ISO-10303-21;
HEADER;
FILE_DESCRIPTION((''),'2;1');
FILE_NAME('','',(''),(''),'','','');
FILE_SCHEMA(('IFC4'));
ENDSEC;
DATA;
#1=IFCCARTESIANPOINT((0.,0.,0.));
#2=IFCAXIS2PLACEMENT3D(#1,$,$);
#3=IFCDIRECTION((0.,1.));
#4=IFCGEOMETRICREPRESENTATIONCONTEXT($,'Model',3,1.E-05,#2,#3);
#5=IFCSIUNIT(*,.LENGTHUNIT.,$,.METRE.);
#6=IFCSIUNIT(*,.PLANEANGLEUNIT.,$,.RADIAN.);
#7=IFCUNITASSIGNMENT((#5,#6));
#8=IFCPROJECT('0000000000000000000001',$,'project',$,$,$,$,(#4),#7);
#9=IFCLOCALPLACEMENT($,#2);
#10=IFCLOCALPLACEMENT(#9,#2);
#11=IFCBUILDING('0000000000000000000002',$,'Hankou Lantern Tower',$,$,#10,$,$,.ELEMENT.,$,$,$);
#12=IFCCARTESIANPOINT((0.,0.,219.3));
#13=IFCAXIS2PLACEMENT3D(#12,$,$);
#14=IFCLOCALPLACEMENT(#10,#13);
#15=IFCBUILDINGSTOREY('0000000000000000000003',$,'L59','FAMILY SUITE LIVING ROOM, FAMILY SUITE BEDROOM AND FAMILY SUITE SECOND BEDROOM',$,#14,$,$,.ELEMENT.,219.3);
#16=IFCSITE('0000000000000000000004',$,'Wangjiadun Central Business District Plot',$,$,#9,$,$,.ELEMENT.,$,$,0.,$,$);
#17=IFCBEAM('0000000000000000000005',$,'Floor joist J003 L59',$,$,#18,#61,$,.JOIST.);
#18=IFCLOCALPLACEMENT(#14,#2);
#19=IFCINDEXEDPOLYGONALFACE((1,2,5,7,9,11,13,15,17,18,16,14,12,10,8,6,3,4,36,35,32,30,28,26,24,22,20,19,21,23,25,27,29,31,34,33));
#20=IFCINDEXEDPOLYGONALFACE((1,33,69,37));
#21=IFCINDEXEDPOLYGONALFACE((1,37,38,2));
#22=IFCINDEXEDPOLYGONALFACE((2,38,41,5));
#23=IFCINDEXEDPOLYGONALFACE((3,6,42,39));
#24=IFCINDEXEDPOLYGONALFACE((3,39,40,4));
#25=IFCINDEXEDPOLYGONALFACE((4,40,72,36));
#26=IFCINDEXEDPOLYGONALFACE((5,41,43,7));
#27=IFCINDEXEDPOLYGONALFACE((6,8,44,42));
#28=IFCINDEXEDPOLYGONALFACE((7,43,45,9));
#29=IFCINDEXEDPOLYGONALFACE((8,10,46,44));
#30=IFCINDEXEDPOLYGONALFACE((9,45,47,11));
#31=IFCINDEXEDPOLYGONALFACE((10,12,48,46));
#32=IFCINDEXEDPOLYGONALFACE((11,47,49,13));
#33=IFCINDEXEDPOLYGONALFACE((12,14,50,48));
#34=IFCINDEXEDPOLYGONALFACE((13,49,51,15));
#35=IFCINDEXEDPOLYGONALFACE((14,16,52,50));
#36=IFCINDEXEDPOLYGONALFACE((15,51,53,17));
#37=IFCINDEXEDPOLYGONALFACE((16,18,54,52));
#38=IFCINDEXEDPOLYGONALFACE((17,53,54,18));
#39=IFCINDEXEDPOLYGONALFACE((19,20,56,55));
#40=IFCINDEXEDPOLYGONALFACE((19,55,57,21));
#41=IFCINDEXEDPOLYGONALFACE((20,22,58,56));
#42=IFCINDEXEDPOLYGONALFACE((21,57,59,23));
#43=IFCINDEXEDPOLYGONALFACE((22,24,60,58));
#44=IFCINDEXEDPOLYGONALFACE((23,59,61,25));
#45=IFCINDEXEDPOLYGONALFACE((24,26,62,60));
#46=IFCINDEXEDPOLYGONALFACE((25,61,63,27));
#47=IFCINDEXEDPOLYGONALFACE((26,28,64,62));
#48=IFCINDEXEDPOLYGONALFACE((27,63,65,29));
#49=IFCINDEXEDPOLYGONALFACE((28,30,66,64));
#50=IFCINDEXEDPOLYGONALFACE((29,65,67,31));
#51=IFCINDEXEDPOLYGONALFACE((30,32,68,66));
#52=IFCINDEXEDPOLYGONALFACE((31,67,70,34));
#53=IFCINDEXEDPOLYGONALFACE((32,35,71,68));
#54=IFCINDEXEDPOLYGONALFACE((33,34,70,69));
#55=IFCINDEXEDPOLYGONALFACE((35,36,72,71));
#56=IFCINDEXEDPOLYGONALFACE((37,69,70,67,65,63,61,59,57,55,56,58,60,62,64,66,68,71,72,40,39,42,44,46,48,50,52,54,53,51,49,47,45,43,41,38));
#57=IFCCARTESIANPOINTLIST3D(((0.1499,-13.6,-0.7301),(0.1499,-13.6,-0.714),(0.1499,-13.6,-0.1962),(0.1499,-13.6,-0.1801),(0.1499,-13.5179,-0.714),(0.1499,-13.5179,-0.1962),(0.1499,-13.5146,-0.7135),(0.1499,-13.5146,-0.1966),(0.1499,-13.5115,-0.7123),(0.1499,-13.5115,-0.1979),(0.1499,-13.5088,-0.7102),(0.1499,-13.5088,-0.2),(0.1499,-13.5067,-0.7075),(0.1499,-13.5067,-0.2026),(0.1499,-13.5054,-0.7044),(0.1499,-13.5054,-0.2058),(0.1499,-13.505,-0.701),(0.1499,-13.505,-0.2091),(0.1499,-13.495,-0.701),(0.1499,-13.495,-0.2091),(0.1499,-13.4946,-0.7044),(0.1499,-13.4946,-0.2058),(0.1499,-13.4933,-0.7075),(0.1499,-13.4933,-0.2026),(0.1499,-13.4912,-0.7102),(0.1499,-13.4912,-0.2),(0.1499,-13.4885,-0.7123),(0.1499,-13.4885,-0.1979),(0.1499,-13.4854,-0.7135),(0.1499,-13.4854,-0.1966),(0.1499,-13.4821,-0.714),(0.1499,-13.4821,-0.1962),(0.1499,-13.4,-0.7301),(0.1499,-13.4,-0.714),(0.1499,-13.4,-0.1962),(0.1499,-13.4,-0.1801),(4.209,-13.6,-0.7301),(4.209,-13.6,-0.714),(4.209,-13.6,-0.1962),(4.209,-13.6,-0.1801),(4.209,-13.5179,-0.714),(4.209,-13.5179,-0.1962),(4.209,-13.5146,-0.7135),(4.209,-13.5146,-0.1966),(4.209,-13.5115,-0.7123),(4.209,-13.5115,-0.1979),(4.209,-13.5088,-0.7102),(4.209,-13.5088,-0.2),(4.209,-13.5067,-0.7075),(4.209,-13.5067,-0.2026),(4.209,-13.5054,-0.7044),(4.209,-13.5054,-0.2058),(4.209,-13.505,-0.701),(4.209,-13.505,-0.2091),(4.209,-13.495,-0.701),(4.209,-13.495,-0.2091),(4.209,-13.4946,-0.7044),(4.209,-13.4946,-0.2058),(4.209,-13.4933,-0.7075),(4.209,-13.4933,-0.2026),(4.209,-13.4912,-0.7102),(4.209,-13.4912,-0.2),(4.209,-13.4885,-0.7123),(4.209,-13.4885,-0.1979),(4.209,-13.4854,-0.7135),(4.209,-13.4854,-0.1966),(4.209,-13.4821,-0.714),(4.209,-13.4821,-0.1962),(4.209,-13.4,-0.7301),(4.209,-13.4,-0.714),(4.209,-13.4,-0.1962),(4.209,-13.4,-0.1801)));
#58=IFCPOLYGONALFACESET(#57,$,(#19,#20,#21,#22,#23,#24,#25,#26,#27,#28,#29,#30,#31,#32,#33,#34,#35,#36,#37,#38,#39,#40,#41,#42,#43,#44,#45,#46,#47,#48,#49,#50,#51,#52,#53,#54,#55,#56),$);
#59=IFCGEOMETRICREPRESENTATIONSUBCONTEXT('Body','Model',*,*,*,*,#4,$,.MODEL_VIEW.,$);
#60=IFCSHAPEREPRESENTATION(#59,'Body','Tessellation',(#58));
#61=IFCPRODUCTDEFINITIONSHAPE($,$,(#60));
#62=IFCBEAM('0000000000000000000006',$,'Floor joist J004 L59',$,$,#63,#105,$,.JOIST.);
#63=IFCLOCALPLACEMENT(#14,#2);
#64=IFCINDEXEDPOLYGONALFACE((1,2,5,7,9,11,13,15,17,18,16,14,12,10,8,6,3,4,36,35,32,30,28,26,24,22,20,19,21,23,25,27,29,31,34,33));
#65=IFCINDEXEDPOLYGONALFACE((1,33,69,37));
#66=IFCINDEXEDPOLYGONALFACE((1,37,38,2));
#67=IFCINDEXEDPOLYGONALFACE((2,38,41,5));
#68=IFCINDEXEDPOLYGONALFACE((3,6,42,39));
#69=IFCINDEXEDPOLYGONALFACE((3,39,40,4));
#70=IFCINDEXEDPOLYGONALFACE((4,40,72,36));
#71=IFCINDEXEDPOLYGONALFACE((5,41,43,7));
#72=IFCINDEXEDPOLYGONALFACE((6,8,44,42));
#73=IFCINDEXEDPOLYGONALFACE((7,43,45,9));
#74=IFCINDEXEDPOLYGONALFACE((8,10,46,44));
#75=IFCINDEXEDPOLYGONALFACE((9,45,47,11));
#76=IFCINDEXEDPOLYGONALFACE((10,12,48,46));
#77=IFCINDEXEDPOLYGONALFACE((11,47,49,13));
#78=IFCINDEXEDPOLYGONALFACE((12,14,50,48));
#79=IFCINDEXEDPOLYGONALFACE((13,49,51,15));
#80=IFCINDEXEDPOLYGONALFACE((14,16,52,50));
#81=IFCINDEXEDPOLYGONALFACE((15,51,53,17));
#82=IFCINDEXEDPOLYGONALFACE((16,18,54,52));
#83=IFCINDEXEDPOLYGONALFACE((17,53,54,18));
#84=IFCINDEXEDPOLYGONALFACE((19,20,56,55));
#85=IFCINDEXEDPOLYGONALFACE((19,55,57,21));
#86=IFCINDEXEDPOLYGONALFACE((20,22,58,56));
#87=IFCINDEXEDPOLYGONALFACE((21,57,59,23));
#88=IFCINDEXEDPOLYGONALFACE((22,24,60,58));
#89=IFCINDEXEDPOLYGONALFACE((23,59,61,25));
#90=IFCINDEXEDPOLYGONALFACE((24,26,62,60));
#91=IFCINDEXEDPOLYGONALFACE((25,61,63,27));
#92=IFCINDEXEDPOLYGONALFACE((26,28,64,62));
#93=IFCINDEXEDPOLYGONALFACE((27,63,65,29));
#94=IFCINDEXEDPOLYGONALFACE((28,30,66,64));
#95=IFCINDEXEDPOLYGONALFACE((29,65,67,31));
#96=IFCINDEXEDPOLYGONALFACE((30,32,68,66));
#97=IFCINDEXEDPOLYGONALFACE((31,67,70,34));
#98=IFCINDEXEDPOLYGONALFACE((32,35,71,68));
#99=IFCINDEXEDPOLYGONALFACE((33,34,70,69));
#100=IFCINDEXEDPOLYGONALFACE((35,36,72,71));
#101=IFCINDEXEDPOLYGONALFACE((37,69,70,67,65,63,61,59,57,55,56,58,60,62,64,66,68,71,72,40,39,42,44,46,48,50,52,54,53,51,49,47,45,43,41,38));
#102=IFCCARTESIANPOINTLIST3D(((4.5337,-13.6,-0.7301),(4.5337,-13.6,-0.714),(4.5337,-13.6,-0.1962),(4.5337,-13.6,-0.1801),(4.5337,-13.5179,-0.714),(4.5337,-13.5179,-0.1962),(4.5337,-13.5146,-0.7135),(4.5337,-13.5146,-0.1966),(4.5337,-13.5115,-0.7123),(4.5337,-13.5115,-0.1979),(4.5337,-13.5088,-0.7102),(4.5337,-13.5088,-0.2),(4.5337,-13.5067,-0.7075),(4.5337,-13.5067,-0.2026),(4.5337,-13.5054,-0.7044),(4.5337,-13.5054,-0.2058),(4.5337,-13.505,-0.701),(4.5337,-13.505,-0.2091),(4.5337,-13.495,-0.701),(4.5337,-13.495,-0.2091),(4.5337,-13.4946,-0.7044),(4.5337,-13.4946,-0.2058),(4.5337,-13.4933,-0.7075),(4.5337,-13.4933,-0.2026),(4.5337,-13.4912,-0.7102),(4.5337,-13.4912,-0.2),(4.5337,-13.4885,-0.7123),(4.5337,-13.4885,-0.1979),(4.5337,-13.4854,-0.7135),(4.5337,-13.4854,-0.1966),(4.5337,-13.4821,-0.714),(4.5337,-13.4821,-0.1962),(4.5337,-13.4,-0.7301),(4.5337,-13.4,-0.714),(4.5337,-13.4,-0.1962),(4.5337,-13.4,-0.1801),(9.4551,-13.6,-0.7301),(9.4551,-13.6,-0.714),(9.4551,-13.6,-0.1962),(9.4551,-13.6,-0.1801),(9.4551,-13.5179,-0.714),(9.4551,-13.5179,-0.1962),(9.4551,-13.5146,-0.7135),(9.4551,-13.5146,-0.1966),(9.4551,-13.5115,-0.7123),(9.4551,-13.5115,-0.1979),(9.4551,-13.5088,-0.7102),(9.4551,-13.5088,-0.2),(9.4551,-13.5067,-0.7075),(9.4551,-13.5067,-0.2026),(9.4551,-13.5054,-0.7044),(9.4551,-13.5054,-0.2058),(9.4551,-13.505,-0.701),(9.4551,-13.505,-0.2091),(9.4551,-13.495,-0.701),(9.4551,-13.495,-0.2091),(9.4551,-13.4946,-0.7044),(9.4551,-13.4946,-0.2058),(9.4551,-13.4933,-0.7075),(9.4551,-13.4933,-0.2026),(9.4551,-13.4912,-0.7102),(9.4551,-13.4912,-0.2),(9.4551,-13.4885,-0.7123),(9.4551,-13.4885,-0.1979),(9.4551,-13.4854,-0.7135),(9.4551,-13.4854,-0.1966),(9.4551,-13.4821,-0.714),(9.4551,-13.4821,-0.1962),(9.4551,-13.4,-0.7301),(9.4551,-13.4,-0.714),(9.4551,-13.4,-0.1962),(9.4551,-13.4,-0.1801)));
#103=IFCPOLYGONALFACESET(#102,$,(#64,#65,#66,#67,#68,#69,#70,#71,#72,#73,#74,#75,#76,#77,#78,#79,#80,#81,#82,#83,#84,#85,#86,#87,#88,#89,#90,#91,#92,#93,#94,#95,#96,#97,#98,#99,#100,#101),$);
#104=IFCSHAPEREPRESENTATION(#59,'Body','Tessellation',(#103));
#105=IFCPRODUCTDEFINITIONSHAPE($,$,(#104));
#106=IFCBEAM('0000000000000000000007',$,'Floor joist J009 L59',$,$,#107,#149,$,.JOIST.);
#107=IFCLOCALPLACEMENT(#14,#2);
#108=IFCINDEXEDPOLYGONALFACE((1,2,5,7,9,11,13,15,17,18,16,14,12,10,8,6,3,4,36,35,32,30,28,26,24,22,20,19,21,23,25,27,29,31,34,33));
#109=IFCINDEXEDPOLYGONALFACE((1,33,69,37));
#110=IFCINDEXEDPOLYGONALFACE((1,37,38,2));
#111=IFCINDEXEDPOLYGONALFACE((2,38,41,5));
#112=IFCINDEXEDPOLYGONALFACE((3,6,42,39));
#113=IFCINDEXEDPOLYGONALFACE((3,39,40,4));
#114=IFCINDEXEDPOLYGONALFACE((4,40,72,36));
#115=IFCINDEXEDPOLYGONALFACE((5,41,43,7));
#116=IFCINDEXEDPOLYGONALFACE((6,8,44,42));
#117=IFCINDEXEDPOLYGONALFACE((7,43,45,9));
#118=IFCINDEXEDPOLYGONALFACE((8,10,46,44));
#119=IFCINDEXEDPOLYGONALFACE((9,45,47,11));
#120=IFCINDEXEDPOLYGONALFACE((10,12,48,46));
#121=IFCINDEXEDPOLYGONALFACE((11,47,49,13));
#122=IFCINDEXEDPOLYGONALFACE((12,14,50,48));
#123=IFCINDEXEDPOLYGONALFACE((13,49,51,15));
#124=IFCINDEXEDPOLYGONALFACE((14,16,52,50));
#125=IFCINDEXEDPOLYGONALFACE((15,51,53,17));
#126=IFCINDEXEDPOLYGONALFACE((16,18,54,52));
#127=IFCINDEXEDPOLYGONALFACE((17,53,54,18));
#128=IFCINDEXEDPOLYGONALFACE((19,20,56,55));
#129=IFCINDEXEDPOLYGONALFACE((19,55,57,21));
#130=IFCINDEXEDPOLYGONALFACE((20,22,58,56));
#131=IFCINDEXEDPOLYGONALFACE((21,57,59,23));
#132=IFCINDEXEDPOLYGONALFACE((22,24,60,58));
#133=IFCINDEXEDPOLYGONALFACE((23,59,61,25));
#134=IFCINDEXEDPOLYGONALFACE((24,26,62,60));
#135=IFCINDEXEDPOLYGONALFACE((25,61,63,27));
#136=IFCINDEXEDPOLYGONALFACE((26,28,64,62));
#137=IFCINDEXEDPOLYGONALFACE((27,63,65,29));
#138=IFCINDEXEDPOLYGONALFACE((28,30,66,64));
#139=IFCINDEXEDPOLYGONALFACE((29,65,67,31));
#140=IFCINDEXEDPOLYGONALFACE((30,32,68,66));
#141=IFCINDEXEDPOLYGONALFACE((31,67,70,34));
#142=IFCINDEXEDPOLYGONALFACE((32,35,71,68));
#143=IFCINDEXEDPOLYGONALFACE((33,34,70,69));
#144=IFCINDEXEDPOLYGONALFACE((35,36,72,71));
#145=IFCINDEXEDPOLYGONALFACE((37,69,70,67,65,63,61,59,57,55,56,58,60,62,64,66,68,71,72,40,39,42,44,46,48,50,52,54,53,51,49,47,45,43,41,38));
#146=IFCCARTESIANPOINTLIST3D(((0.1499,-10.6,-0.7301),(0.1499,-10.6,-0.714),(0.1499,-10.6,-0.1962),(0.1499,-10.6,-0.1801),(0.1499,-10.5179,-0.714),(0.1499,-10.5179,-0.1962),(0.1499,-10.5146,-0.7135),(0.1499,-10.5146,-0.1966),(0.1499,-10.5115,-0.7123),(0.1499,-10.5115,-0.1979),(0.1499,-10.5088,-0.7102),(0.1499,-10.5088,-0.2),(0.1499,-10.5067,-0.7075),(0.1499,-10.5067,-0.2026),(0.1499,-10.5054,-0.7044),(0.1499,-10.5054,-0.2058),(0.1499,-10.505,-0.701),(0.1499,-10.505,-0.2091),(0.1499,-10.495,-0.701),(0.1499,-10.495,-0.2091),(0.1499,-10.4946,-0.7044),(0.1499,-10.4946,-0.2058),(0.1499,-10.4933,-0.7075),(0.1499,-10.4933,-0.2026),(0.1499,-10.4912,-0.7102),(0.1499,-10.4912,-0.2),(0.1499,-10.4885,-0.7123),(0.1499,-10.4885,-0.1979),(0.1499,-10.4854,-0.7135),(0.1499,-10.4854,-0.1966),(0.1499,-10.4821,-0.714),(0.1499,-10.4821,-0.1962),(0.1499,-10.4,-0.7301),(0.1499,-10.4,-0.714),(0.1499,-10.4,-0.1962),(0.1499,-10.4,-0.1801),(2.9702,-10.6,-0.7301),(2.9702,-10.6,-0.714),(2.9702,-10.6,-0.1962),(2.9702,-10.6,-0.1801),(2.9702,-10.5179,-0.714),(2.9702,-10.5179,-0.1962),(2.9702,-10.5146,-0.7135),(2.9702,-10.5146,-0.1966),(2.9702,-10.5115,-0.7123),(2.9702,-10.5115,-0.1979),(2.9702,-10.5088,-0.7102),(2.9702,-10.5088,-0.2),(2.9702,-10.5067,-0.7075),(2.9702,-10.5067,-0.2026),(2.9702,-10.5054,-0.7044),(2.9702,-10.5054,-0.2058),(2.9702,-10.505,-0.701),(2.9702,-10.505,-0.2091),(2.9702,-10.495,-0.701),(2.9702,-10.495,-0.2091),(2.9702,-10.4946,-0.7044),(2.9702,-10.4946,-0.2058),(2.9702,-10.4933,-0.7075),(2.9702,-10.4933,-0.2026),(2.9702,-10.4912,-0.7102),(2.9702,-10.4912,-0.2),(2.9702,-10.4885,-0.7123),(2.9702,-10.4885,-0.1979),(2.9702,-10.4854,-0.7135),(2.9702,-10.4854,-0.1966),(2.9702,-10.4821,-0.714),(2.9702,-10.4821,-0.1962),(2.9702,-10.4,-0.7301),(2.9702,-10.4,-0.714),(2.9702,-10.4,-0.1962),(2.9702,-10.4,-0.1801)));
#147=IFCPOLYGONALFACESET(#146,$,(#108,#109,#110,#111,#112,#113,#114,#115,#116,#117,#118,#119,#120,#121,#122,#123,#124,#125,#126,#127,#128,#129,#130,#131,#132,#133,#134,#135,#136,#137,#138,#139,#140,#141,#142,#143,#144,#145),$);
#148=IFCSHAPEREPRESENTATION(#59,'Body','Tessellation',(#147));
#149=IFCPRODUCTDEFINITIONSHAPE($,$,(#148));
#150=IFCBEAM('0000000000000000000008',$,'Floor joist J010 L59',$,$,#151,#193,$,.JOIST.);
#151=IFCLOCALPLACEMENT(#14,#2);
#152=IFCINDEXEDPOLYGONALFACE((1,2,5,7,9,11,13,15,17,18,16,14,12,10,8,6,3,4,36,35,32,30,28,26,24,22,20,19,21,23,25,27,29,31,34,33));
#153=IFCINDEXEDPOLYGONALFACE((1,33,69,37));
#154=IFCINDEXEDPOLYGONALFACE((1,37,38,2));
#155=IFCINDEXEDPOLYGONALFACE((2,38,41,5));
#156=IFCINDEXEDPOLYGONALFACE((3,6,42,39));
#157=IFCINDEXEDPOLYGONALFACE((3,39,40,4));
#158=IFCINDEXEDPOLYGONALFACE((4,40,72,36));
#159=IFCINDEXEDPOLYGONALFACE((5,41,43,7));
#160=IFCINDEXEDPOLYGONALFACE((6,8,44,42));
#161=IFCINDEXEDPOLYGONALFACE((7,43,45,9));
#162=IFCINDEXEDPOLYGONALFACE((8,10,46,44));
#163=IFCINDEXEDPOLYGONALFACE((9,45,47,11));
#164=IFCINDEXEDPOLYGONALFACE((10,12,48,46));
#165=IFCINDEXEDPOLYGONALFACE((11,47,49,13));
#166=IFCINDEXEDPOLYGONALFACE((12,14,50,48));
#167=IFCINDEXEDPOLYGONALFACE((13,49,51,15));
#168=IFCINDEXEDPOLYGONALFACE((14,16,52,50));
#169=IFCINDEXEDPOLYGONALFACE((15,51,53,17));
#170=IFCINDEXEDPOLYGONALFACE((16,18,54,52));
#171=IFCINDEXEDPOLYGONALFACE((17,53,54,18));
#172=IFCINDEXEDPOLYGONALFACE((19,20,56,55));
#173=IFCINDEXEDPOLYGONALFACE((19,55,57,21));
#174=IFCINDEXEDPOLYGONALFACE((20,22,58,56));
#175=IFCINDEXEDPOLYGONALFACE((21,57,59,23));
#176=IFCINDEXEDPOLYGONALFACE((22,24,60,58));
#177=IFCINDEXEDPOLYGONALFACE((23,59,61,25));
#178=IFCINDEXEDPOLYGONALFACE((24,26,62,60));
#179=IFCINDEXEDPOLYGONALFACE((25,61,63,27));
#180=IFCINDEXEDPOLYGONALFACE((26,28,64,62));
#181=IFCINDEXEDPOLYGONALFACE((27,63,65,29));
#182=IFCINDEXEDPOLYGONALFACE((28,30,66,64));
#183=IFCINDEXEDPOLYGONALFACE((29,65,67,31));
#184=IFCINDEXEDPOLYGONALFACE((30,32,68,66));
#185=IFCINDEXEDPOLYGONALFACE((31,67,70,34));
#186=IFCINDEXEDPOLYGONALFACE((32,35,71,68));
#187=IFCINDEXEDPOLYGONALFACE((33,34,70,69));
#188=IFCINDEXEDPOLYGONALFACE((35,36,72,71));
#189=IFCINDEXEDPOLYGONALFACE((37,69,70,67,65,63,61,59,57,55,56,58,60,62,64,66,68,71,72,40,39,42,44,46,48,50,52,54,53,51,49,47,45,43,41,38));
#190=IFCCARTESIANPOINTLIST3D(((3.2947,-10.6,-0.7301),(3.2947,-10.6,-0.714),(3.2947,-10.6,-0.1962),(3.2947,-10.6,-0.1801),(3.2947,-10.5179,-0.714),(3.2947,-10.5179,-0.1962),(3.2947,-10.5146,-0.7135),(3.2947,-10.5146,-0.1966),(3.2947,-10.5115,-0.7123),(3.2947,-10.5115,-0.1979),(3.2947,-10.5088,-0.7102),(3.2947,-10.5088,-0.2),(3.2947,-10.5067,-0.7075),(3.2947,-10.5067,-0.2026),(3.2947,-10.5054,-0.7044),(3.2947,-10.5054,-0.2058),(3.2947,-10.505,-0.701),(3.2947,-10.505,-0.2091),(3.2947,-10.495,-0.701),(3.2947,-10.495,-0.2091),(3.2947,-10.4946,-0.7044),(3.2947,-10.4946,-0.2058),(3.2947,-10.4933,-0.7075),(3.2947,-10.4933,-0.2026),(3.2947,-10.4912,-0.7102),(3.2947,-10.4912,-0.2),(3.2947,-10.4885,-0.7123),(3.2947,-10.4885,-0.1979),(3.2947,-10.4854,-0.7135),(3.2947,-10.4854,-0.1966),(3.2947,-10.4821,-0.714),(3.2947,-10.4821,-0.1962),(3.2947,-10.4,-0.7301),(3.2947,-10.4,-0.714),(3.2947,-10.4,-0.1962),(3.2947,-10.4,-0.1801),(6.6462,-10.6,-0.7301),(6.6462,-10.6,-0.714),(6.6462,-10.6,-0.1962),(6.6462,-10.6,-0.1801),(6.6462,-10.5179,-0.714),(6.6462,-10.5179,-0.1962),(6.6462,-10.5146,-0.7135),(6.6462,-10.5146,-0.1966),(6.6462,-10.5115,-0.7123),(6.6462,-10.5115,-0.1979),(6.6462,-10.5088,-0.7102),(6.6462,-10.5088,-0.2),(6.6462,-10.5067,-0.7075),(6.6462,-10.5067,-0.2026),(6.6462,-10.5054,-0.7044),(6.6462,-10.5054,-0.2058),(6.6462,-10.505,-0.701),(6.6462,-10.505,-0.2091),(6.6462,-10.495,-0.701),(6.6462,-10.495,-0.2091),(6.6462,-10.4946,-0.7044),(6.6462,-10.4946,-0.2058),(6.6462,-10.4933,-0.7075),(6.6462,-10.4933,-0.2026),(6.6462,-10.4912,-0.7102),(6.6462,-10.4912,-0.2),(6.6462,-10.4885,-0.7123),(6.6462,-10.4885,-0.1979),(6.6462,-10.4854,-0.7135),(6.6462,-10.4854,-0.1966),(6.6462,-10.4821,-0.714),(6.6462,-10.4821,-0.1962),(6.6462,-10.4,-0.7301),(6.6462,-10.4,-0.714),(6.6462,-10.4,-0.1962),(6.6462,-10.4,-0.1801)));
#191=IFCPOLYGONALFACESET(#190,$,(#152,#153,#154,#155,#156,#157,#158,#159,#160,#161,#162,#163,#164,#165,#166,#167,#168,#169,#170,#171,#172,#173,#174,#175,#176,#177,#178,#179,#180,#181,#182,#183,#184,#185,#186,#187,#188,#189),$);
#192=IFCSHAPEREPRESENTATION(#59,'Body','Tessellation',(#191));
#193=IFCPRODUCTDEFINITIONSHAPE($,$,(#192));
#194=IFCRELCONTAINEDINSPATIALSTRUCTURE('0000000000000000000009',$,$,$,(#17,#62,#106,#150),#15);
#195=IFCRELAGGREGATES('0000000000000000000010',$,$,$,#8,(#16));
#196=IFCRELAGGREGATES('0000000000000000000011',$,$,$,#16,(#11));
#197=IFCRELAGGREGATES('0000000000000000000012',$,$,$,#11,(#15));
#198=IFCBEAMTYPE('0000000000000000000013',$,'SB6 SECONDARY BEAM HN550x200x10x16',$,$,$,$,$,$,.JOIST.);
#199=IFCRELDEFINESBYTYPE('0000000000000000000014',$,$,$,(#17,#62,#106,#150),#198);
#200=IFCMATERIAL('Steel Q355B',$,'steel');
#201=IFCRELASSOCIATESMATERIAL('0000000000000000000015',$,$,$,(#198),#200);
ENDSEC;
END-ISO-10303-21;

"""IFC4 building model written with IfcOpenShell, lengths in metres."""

from ifc_helpers import new_model, si_unit, direction, frame, origin, origin_2d, place, context, subcontext, project, spatial, i_section, extrude, material, material_profile, profile_set, type_object, element, save


model = new_model("IFC4")

# Units and contexts
model_context = context("Model", 3, precision=1e-05, world=origin(), true_north=direction((0.0, 1.0)))
body_context = subcontext(model_context, "Body", "Model", "MODEL_VIEW")
ifc_project = project(units=[si_unit("LENGTHUNIT", "METRE"), si_unit("PLANEANGLEUNIT", "RADIAN")], contexts=[model_context])

# Site, building, storey
site_placement = place(None, origin())
site = spatial("IfcSite", under=ifc_project, at=site_placement, Name="Wangjiadun Central Business District Plot", CompositionType="ELEMENT", RefElevation=0.0)
building_placement = place(site_placement, origin())
building = spatial("IfcBuilding", under=site, at=building_placement, Name="Hankou Lantern Tower", CompositionType="ELEMENT")
storey_placement = place(building_placement, frame((0.0, 0.0, 219.3)))
storey = spatial("IfcBuildingStorey", under=building, at=storey_placement, Name="L59", Description="FAMILY SUITE LIVING ROOM, FAMILY SUITE BEDROOM AND FAMILY SUITE SECOND BEDROOM", CompositionType="ELEMENT", Elevation=219.3)

# Beams
ifc_material_1 = material(Name="Steel Q355B", Category="steel")
ifc_material_profile_1 = material_profile(ifc_material_1, i_section(OverallWidth=0.2, OverallDepth=0.55, WebThickness=0.01, FlangeThickness=0.0161, FilletRadius=0.0129, at=origin_2d()), Name="HN550x200x10x16")
ifc_profile_set_1 = profile_set([ifc_material_profile_1], Name="Steel Q355B")
beam_type_1 = type_object("IfcBeamType", Name="SB6 SECONDARY BEAM HN550x200x10x16", PredefinedType="JOIST", material=ifc_profile_set_1)
beam_1_placement = place(storey_placement, frame((0.1499, -13.5, -0.4551), z_axis=(1.0, 0.0, 0.0), x_axis=(0.0, 1.0, 0.0)))
element("IfcBeam", 1, at=beam_1_placement, inside=storey, type_object=beam_type_1, Name="Floor joist J003 L59", PredefinedType="JOIST", context=body_context, shape_type="SweptSolid", body=[
    extrude(i_section(OverallWidth=0.2, OverallDepth=0.55, WebThickness=0.01, FlangeThickness=0.0161, FilletRadius=0.0129, at=origin_2d()), origin(), (0.0, 0.0, 1.0), 4.0591),
])
beam_2_placement = place(storey_placement, frame((4.5337, -13.5, -0.4551), z_axis=(1.0, 0.0, 0.0), x_axis=(0.0, 1.0, 0.0)))
element("IfcBeam", 2, at=beam_2_placement, inside=storey, type_object=beam_type_1, Name="Floor joist J004 L59", PredefinedType="JOIST", context=body_context, shape_type="SweptSolid", body=[
    extrude(i_section(OverallWidth=0.2, OverallDepth=0.55, WebThickness=0.01, FlangeThickness=0.0161, FilletRadius=0.0129, at=origin_2d()), origin(), (0.0, 0.0, 1.0), 4.9214),
])
beam_3_placement = place(storey_placement, frame((0.1499, -10.5, -0.4551), z_axis=(1.0, 0.0, 0.0), x_axis=(0.0, 1.0, 0.0)))
element("IfcBeam", 3, at=beam_3_placement, inside=storey, type_object=beam_type_1, Name="Floor joist J009 L59", PredefinedType="JOIST", context=body_context, shape_type="SweptSolid", body=[
    extrude(i_section(OverallWidth=0.2, OverallDepth=0.55, WebThickness=0.01, FlangeThickness=0.0161, FilletRadius=0.0129, at=origin_2d()), origin(), (0.0, 0.0, 1.0), 2.8203),
])
beam_4_placement = place(storey_placement, frame((3.2947, -10.5, -0.4551), z_axis=(1.0, 0.0, 0.0), x_axis=(0.0, 1.0, 0.0)))
element("IfcBeam", 4, at=beam_4_placement, inside=storey, type_object=beam_type_1, Name="Floor joist J010 L59", PredefinedType="JOIST", context=body_context, shape_type="SweptSolid", body=[
    extrude(i_section(OverallWidth=0.2, OverallDepth=0.55, WebThickness=0.01, FlangeThickness=0.0161, FilletRadius=0.0129, at=origin_2d()), origin(), (0.0, 0.0, 1.0), 3.3516),
])

save(model, "model.ifc")
